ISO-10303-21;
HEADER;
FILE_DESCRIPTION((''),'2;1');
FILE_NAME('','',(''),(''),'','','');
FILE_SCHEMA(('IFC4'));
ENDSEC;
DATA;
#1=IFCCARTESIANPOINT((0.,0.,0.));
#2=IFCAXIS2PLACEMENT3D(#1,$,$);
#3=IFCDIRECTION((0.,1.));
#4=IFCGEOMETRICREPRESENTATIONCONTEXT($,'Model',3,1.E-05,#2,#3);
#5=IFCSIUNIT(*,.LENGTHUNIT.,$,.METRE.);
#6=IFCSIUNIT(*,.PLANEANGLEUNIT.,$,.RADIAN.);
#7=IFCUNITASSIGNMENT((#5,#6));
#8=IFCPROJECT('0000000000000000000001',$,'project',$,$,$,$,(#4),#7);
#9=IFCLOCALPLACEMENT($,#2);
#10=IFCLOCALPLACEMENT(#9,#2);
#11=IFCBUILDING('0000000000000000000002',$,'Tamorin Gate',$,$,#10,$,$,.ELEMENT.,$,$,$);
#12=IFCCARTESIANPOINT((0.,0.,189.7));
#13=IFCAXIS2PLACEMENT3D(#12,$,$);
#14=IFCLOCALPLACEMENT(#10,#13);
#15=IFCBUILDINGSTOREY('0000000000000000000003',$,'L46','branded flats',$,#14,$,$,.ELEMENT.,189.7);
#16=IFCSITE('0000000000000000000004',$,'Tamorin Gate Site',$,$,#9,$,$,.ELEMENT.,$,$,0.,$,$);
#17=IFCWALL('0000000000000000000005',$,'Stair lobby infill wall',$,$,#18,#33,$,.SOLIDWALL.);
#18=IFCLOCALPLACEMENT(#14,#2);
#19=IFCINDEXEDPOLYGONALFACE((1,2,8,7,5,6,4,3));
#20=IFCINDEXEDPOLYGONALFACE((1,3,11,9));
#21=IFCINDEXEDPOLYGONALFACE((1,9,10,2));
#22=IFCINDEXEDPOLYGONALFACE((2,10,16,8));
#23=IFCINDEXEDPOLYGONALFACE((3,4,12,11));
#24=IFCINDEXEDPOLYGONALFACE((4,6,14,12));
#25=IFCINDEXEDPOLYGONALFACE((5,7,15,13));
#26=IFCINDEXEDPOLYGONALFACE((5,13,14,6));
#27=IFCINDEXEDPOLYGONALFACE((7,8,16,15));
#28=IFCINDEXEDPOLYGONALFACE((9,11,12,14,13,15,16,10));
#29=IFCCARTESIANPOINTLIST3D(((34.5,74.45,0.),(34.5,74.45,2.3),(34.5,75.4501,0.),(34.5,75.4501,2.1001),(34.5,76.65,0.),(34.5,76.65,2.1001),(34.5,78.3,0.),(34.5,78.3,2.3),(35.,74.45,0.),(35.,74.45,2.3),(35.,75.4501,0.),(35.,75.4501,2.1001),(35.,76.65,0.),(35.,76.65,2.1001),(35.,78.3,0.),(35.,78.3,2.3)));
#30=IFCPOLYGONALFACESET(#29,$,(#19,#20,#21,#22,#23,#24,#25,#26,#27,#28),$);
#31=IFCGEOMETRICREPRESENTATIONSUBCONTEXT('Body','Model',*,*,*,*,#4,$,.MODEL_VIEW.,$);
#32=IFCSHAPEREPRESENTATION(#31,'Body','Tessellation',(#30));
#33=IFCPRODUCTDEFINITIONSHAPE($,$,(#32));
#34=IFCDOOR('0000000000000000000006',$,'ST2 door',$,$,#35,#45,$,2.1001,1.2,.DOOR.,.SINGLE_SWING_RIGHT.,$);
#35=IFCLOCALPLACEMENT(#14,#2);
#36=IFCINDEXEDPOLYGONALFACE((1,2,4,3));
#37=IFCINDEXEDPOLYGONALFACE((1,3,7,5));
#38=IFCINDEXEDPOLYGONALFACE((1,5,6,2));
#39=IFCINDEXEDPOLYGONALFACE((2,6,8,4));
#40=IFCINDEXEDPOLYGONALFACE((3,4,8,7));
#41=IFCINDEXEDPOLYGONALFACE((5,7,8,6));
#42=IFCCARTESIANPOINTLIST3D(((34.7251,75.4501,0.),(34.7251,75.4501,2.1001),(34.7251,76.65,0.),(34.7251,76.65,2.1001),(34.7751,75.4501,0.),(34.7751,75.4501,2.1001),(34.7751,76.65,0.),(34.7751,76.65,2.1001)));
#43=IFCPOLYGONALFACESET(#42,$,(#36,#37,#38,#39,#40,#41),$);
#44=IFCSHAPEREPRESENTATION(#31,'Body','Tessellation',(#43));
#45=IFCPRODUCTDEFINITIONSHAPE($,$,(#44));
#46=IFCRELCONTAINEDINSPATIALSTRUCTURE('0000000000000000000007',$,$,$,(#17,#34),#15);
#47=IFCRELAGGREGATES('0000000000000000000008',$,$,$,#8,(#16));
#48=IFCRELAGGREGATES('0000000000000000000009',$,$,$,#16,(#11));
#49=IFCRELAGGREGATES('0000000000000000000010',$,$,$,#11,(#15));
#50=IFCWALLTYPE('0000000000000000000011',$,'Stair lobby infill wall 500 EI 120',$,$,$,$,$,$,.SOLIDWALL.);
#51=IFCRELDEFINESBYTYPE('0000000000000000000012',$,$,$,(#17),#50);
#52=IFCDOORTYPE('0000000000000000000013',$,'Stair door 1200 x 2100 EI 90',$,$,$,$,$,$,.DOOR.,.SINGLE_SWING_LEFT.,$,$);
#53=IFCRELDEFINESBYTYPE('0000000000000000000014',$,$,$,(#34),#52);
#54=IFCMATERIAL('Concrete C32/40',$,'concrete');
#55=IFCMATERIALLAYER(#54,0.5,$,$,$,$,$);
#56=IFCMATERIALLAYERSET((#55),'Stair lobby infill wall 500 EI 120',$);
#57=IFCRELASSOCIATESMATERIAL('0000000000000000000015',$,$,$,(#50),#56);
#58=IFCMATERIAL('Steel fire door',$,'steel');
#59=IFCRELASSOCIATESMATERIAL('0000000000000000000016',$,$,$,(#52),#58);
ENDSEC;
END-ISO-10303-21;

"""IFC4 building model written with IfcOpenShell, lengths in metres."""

from ifc_helpers import new_model, si_unit, direction, frame, frame_2d, origin, place, context, subcontext, project, spatial, rectangle, extrude, material, layer, layer_set, type_object, element, fill, save


model = new_model("IFC4")

# Units and contexts
model_context = context("Model", 3, precision=1e-05, world=origin(), true_north=direction((0.0, 1.0)))
body_context = subcontext(model_context, "Body", "Model", "MODEL_VIEW")
ifc_project = project(units=[si_unit("LENGTHUNIT", "METRE"), si_unit("PLANEANGLEUNIT", "RADIAN")], contexts=[model_context])

# Site, building, storey
site_placement = place(None, origin())
site = spatial("IfcSite", under=ifc_project, at=site_placement, Name="Tamorin Gate Site", CompositionType="ELEMENT", RefElevation=0.0)
building_placement = place(site_placement, origin())
building = spatial("IfcBuilding", under=site, at=building_placement, Name="Tamorin Gate", CompositionType="ELEMENT")
storey_placement = place(building_placement, frame((0.0, 0.0, 189.7)))
storey = spatial("IfcBuildingStorey", under=building, at=storey_placement, Name="L46", Description="branded flats", CompositionType="ELEMENT", Elevation=189.7)

# Wall, opening, door
ifc_material_1 = material(Name="Steel fire door", Category="steel")
ifc_material_2 = material(Name="Concrete C32/40", Category="concrete")
ifc_layer_1 = layer(ifc_material_2, 0.5)
ifc_layer_set_1 = layer_set([ifc_layer_1], Name="Stair lobby infill wall 500 EI 120")
wall_type_1 = type_object("IfcWallType", Name="Stair lobby infill wall 500 EI 120", PredefinedType="SOLIDWALL", material=ifc_layer_set_1)
door_type_1 = type_object("IfcDoorType", Name="Stair door 1200 x 2100 EI 90", OperationType="SINGLE_SWING_LEFT", PredefinedType="DOOR", material=ifc_material_1)
wall_1_placement = place(storey_placement, frame((34.75, 74.45, 0.0), z_axis=(0.0, 0.0, 1.0), x_axis=(0.0, 1.0, 0.0)))
wall_1 = element("IfcWall", 1, at=wall_1_placement, inside=storey, type_object=wall_type_1, Name="Stair lobby infill wall", PredefinedType="SOLIDWALL", context=body_context, shape_type="SweptSolid", body=[
    extrude(rectangle(XDim=3.8501, YDim=0.5, at=frame_2d((1.925, 0.0))), origin(), (0.0, 0.0, 1.0), 2.3),
])
opening_1_placement = place(wall_1_placement, frame((1.0, 0.0, 0.0)))
opening_1 = element("IfcOpeningElement", 2, at=opening_1_placement, cuts=wall_1, PredefinedType="OPENING", context=body_context, shape_type="SweptSolid", body=[
    extrude(rectangle(XDim=1.2, YDim=2.1001, at=frame_2d((0.6001, 1.05))), frame((0.0, 0.26, 0.0), z_axis=(0.0, -1.0, 0.0), x_axis=(1.0, 0.0, 0.0)), (0.0, 0.0, 1.0), 0.52),
])
door_1_placement = place(opening_1_placement, origin())
door_1 = element("IfcDoor", 3, at=door_1_placement, inside=storey, type_object=door_type_1, Name="ST2 door", OperationType="SINGLE_SWING_RIGHT", OverallHeight=2.1001, OverallWidth=1.2, PredefinedType="DOOR", context=body_context, shape_type="SweptSolid", body=[
    extrude(rectangle(XDim=1.2, YDim=2.1001, at=frame_2d((0.6001, 1.05))), frame((0.0, 0.0249, 0.0), z_axis=(0.0, -1.0, 0.0), x_axis=(1.0, 0.0, 0.0)), (0.0, 0.0, 1.0), 0.05),
])
fill(opening_1, door_1)

save(model, "model.ifc")
